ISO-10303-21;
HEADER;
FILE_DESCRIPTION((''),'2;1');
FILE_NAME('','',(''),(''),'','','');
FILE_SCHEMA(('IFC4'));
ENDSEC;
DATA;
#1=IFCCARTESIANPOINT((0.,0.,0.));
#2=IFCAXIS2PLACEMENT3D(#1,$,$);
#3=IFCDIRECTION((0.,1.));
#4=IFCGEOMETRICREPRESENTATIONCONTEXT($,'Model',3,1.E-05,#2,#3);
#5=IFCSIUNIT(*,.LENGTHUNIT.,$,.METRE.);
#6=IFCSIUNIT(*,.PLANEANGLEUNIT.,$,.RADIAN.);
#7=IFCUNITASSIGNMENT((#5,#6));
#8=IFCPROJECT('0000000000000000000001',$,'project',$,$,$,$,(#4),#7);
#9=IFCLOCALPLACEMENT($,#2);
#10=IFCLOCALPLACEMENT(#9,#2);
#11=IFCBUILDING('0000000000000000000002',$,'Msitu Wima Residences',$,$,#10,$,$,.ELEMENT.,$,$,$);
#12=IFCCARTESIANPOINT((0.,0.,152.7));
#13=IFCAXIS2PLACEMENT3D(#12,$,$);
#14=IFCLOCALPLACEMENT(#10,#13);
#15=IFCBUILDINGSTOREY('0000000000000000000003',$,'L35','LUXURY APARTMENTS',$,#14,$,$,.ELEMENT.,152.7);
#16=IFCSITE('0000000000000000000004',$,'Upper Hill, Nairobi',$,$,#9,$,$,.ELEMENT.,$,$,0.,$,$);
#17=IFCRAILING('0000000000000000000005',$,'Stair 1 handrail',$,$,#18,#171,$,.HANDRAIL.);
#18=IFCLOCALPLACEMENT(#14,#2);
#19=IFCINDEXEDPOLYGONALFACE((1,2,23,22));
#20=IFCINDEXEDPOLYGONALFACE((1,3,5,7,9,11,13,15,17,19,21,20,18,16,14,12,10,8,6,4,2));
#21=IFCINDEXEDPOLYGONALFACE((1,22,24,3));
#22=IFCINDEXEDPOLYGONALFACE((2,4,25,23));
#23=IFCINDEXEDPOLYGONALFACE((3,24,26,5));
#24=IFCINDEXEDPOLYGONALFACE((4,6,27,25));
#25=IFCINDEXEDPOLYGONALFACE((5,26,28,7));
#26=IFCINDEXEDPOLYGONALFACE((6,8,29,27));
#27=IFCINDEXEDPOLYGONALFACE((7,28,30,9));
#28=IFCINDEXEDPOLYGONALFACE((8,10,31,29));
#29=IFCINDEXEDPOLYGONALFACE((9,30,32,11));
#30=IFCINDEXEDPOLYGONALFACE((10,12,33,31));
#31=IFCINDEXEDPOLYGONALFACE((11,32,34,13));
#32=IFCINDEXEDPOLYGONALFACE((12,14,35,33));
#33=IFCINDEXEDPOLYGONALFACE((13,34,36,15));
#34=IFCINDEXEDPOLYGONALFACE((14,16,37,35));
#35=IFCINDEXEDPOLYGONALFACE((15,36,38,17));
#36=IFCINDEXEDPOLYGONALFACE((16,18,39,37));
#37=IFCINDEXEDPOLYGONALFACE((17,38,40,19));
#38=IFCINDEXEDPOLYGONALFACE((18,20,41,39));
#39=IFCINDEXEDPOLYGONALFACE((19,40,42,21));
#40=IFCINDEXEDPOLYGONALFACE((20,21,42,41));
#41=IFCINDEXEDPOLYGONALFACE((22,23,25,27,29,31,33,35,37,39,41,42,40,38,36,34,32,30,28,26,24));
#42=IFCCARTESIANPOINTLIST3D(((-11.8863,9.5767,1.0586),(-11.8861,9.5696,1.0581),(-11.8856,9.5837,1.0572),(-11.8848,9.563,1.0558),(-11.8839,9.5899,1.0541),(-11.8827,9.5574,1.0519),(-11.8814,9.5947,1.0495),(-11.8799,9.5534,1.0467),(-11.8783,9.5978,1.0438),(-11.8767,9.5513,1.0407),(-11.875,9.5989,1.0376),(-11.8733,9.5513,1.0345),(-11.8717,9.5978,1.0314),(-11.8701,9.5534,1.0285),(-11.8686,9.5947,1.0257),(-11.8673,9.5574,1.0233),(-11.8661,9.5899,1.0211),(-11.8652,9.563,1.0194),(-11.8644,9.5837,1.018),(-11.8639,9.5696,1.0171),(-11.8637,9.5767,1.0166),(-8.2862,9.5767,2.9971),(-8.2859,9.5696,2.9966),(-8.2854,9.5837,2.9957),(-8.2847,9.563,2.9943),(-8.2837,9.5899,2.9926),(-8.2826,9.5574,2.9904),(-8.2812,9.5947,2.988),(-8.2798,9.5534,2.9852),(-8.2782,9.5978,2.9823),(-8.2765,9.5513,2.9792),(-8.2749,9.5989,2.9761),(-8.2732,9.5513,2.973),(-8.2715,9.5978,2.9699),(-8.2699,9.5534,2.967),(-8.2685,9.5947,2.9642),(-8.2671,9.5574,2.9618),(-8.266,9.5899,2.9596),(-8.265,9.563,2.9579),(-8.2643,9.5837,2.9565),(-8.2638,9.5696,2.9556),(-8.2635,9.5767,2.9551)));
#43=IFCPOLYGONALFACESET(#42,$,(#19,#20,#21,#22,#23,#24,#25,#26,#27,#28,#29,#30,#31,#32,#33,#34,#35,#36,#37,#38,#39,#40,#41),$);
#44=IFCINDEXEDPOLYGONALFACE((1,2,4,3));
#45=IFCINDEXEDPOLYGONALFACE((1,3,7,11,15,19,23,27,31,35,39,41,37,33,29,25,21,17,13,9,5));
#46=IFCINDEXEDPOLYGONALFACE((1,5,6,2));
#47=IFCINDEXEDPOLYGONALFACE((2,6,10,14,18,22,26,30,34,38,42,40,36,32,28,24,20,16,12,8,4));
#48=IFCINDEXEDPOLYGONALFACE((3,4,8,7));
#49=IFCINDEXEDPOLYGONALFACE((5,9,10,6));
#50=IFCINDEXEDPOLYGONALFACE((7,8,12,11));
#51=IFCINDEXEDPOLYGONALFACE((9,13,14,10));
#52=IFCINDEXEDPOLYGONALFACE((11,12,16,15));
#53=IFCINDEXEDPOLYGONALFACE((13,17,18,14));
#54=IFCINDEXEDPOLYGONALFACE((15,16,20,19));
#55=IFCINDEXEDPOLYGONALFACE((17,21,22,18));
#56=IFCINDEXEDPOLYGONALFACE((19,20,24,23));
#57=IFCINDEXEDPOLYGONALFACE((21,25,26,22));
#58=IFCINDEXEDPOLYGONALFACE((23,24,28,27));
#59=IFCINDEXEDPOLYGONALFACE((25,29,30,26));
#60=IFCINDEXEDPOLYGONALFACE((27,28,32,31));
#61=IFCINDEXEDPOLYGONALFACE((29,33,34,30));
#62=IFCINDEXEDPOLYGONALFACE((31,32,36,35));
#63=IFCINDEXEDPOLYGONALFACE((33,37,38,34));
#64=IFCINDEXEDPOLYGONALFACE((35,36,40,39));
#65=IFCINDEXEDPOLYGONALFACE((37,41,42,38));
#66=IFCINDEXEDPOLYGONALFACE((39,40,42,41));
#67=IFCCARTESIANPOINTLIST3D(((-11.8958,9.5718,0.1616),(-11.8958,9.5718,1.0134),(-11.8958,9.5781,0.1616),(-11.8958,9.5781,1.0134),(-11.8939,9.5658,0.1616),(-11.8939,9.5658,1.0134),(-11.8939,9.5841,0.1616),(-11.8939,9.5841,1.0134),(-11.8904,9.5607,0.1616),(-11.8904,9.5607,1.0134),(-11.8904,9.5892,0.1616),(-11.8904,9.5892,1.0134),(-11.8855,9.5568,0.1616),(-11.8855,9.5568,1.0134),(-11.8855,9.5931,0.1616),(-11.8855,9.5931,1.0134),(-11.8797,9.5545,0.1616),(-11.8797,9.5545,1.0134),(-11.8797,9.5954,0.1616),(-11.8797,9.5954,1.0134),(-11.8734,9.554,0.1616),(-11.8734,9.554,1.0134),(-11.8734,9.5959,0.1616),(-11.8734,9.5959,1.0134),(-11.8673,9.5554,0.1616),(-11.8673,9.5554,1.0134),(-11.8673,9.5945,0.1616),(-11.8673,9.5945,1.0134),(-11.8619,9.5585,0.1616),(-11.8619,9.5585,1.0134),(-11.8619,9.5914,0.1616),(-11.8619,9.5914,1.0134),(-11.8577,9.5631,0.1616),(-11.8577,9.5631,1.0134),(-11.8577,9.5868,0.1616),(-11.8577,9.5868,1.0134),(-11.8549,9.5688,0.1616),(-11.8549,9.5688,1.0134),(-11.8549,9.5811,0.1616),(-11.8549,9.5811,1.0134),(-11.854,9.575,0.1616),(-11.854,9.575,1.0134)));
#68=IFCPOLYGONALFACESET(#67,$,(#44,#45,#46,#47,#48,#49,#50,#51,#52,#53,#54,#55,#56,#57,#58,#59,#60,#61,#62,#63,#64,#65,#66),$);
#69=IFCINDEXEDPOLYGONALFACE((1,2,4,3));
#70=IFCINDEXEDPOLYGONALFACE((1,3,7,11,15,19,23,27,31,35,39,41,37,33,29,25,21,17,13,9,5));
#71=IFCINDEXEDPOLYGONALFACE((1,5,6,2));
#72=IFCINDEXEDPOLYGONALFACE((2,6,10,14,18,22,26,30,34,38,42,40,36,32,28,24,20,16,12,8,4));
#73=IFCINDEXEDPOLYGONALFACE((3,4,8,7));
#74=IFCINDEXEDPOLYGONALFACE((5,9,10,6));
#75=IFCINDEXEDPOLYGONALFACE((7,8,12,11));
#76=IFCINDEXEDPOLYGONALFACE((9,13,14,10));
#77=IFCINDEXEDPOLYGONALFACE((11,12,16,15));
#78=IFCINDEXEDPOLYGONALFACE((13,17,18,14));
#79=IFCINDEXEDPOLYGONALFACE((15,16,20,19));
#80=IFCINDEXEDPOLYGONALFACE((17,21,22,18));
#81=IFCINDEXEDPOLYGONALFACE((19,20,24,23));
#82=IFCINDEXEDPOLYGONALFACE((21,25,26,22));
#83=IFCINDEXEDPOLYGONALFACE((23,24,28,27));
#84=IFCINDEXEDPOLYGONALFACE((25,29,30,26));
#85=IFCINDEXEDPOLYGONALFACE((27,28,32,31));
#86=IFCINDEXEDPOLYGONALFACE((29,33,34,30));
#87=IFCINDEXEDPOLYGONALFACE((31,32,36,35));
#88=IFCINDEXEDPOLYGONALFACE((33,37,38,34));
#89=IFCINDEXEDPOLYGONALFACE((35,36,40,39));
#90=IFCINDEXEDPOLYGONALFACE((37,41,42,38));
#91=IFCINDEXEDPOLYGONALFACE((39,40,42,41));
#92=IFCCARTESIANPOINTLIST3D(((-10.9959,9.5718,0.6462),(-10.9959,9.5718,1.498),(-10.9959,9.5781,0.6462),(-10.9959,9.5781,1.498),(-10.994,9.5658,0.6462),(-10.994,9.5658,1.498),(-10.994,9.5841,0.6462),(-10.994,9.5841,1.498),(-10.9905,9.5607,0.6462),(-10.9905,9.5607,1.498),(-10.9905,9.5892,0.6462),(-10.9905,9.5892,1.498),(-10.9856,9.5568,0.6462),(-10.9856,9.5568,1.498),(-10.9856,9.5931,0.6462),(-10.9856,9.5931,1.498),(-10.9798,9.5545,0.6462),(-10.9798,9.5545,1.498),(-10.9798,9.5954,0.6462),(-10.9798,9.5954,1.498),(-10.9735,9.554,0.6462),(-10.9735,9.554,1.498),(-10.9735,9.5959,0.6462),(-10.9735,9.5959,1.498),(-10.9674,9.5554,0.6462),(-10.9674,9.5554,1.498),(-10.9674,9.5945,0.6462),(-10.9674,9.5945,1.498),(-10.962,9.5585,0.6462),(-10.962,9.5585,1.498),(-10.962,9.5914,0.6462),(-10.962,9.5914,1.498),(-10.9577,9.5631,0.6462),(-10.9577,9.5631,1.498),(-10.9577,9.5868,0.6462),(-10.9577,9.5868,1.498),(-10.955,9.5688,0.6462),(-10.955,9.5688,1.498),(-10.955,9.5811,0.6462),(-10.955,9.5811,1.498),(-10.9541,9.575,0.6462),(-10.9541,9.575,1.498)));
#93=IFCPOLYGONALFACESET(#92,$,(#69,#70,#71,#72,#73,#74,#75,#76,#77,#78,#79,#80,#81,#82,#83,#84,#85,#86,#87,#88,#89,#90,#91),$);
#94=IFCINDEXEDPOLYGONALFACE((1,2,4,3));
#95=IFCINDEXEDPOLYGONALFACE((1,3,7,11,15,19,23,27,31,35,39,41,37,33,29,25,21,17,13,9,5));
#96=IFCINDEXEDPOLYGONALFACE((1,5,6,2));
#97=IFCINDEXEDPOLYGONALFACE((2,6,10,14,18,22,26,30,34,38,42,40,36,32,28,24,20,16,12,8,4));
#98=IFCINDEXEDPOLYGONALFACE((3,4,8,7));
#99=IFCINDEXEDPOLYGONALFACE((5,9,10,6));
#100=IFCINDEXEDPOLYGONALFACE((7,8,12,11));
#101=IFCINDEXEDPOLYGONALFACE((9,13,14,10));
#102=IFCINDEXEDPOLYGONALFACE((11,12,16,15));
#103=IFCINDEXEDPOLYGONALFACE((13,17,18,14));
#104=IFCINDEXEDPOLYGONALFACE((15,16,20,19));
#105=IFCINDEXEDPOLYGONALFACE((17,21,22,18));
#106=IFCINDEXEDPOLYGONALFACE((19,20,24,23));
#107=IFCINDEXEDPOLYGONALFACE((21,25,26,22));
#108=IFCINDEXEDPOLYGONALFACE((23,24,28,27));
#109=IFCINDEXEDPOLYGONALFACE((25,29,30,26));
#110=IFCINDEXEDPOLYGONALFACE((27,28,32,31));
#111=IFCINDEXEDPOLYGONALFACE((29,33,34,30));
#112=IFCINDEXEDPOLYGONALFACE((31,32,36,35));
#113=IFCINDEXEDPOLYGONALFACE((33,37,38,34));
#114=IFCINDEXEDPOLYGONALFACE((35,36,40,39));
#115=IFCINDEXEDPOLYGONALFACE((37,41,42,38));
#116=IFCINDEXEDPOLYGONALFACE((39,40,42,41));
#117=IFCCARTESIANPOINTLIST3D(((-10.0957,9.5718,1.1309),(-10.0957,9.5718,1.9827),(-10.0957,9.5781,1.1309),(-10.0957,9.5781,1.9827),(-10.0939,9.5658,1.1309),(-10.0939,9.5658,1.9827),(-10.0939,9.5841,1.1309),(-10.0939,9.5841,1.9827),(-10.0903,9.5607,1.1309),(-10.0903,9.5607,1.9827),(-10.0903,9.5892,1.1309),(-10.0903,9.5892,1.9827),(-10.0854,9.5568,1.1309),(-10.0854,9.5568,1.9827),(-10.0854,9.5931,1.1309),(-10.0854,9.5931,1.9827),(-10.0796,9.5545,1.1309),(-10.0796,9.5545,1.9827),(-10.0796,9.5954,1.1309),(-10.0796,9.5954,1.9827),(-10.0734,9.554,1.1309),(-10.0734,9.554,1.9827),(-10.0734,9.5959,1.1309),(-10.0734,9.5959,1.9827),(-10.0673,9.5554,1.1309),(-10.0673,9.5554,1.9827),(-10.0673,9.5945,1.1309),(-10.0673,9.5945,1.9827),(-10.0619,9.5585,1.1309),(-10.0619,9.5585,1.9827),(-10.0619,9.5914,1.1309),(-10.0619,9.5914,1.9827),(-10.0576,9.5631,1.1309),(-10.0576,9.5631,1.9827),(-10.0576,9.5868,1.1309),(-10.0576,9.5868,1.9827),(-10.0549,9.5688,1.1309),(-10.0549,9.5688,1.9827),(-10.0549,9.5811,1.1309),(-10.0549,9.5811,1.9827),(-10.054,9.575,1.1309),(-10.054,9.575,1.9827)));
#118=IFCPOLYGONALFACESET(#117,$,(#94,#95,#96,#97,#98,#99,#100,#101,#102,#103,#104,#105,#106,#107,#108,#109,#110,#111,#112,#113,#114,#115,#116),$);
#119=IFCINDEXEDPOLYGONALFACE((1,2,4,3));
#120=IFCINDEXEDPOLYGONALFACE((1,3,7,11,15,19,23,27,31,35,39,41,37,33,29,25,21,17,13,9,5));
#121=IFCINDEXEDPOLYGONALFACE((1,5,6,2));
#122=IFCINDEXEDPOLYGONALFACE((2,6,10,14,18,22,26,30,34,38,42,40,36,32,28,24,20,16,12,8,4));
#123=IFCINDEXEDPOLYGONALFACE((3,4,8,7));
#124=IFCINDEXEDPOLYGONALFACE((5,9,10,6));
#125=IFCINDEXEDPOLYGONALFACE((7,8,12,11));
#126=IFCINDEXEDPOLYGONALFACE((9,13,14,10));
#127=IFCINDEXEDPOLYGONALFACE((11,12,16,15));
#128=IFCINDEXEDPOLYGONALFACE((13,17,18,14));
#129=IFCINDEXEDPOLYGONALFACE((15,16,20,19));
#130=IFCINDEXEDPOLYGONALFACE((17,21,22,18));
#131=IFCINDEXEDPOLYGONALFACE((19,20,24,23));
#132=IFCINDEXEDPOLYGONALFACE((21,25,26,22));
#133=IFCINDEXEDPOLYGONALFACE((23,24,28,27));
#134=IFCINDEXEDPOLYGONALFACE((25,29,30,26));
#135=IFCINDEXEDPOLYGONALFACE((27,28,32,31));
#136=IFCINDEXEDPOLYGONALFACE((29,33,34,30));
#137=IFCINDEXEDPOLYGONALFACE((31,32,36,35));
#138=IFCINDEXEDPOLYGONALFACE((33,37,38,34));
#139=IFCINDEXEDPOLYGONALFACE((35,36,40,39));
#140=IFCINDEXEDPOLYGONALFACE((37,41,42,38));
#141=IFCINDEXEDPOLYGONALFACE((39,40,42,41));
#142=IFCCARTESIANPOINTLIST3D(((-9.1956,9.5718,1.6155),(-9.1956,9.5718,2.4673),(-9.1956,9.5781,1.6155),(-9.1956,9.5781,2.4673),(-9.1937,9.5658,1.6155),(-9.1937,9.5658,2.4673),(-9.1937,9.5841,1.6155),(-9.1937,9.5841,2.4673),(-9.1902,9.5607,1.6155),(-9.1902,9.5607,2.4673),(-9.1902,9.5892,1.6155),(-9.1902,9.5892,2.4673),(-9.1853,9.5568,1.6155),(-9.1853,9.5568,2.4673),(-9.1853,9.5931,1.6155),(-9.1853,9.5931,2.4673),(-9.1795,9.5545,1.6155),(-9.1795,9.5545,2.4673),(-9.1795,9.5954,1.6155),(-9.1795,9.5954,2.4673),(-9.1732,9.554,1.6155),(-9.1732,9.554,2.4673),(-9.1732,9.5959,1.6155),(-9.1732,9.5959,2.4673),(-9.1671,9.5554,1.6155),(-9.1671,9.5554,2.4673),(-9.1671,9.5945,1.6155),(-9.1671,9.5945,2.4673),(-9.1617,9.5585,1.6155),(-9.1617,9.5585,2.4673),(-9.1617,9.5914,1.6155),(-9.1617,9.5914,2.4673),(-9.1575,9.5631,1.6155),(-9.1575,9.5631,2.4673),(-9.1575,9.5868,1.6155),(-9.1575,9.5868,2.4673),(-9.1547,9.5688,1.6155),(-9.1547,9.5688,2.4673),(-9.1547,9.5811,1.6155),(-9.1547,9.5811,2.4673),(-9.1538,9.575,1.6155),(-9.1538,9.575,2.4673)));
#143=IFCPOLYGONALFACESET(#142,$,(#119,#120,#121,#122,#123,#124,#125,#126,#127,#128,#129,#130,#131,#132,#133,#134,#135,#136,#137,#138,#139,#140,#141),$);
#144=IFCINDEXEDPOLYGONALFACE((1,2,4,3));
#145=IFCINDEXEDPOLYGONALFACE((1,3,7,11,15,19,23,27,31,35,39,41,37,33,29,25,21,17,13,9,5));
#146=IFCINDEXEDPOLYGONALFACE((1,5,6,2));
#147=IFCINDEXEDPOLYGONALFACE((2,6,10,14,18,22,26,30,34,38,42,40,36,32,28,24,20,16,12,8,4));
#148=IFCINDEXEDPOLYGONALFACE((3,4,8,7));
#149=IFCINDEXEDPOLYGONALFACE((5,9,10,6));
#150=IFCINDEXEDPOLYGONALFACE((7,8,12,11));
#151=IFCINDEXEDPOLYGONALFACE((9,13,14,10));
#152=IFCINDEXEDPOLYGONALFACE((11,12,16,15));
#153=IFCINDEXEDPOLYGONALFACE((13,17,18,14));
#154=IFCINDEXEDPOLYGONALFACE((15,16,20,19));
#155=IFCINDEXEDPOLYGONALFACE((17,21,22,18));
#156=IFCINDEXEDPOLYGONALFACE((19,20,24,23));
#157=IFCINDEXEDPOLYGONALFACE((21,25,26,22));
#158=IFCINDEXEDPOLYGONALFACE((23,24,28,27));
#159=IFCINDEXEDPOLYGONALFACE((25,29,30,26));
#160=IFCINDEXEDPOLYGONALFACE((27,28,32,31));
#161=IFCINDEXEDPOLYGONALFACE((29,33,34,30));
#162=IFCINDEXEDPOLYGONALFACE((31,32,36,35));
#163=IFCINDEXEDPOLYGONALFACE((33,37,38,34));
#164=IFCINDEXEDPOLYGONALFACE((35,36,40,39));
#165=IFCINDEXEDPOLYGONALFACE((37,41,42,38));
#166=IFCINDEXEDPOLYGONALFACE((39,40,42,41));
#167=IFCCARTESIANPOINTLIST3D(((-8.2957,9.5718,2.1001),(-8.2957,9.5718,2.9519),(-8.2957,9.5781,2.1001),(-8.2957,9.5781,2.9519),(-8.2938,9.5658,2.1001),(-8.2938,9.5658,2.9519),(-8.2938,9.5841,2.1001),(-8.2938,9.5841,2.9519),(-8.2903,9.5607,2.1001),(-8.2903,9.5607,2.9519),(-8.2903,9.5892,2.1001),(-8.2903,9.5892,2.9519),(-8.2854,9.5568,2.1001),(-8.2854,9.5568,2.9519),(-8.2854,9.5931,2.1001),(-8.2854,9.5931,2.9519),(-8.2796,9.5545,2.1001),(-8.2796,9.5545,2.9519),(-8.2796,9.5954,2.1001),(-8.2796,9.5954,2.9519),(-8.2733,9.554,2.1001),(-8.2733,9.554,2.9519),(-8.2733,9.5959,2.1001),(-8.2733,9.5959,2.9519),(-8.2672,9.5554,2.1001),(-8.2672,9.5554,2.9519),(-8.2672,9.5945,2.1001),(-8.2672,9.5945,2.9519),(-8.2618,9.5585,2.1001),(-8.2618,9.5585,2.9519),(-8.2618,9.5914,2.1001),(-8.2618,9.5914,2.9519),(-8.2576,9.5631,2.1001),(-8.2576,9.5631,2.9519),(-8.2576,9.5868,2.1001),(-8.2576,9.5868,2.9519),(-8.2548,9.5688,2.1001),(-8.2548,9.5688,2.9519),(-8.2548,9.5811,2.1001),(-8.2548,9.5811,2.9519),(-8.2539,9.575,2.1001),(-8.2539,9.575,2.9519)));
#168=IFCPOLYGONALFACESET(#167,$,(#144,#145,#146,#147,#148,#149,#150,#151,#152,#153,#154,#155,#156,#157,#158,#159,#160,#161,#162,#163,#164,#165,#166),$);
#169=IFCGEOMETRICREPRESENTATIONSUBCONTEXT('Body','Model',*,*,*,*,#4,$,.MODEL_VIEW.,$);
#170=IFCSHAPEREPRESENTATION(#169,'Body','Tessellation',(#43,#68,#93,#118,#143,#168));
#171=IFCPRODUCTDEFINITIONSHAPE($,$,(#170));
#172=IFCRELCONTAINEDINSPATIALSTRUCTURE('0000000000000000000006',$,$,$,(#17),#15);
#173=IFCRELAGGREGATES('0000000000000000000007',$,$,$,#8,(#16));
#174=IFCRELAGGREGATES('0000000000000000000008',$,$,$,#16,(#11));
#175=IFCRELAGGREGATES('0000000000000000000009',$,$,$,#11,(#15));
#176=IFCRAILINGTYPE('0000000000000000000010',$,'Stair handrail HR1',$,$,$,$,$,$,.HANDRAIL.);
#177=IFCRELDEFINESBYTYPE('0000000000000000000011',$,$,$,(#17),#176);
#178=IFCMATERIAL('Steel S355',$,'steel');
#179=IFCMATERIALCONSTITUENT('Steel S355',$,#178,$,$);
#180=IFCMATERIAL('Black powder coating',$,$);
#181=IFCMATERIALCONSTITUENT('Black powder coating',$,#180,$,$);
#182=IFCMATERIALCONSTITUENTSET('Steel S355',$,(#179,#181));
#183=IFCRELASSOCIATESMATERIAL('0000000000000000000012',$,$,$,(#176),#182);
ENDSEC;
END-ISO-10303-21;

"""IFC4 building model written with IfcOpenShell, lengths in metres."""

from ifc_helpers import new_model, si_unit, direction, frame, origin, origin_2d, place, context, subcontext, project, spatial, circle, extrude, material, constituent, constituent_set, type_object, element, save


model = new_model("IFC4")

# Units and contexts
model_context = context("Model", 3, precision=1e-05, world=origin(), true_north=direction((0.0, 1.0)))
body_context = subcontext(model_context, "Body", "Model", "MODEL_VIEW")
ifc_project = project(units=[si_unit("LENGTHUNIT", "METRE"), si_unit("PLANEANGLEUNIT", "RADIAN")], contexts=[model_context])

# Site, building, storey
site_placement = place(None, origin())
site = spatial("IfcSite", under=ifc_project, at=site_placement, Name="Upper Hill, Nairobi", CompositionType="ELEMENT", RefElevation=0.0)
building_placement = place(site_placement, origin())
building = spatial("IfcBuilding", under=site, at=building_placement, Name="Msitu Wima Residences", CompositionType="ELEMENT")
storey_placement = place(building_placement, frame((0.0, 0.0, 152.7)))
storey = spatial("IfcBuildingStorey", under=building, at=storey_placement, Name="L35", Description="LUXURY APARTMENTS", CompositionType="ELEMENT", Elevation=152.7)

# Railing
ifc_material_1 = material(Name="Steel S355", Category="steel")
ifc_constituent_1 = constituent(ifc_material_1, Name="Steel S355")
ifc_material_2 = material(Name="Black powder coating")
ifc_constituent_2 = constituent(ifc_material_2, Name="Black powder coating")
ifc_constituent_set = constituent_set(constituents=[ifc_constituent_1, ifc_constituent_2], Name="Steel S355")
railing_type = type_object("IfcRailingType", Name="Stair handrail HR1", PredefinedType="HANDRAIL", material=ifc_constituent_set)
for number, where, name in (
    (1, (-11.875, 9.575, 0.1616), "Stair 1 handrail"),
):
    element("IfcRailing", number, at=place(storey_placement, frame(where)), inside=storey, type_object=railing_type, Name=name, PredefinedType="HANDRAIL", context=body_context, shape_type="SweptSolid", body=[
        extrude(circle(Radius=0.0239, at=origin_2d()), frame((0.0, 0.0, 0.876), z_axis=(0.880475, 0.0, 0.474093), x_axis=(0.0, 1.0, 0.0)), (0.0, 0.0, 1.0), 4.0889),
        extrude(circle(Radius=0.021, at=origin_2d()), origin(), (0.0, 0.0, 1.0), 0.8518),
        extrude(circle(Radius=0.021, at=origin_2d()), frame((0.8999, 0.0, 0.4846)), (0.0, 0.0, 1.0), 0.8518),
        extrude(circle(Radius=0.021, at=origin_2d()), frame((1.8, 0.0, 0.9692)), (0.0, 0.0, 1.0), 0.8518),
        extrude(circle(Radius=0.021, at=origin_2d()), frame((2.7002, 0.0, 1.4539)), (0.0, 0.0, 1.0), 0.8518),
        extrude(circle(Radius=0.021, at=origin_2d()), frame((3.6001, 0.0, 1.9385)), (0.0, 0.0, 1.0), 0.8518),
    ])

save(model, "model.ifc")
